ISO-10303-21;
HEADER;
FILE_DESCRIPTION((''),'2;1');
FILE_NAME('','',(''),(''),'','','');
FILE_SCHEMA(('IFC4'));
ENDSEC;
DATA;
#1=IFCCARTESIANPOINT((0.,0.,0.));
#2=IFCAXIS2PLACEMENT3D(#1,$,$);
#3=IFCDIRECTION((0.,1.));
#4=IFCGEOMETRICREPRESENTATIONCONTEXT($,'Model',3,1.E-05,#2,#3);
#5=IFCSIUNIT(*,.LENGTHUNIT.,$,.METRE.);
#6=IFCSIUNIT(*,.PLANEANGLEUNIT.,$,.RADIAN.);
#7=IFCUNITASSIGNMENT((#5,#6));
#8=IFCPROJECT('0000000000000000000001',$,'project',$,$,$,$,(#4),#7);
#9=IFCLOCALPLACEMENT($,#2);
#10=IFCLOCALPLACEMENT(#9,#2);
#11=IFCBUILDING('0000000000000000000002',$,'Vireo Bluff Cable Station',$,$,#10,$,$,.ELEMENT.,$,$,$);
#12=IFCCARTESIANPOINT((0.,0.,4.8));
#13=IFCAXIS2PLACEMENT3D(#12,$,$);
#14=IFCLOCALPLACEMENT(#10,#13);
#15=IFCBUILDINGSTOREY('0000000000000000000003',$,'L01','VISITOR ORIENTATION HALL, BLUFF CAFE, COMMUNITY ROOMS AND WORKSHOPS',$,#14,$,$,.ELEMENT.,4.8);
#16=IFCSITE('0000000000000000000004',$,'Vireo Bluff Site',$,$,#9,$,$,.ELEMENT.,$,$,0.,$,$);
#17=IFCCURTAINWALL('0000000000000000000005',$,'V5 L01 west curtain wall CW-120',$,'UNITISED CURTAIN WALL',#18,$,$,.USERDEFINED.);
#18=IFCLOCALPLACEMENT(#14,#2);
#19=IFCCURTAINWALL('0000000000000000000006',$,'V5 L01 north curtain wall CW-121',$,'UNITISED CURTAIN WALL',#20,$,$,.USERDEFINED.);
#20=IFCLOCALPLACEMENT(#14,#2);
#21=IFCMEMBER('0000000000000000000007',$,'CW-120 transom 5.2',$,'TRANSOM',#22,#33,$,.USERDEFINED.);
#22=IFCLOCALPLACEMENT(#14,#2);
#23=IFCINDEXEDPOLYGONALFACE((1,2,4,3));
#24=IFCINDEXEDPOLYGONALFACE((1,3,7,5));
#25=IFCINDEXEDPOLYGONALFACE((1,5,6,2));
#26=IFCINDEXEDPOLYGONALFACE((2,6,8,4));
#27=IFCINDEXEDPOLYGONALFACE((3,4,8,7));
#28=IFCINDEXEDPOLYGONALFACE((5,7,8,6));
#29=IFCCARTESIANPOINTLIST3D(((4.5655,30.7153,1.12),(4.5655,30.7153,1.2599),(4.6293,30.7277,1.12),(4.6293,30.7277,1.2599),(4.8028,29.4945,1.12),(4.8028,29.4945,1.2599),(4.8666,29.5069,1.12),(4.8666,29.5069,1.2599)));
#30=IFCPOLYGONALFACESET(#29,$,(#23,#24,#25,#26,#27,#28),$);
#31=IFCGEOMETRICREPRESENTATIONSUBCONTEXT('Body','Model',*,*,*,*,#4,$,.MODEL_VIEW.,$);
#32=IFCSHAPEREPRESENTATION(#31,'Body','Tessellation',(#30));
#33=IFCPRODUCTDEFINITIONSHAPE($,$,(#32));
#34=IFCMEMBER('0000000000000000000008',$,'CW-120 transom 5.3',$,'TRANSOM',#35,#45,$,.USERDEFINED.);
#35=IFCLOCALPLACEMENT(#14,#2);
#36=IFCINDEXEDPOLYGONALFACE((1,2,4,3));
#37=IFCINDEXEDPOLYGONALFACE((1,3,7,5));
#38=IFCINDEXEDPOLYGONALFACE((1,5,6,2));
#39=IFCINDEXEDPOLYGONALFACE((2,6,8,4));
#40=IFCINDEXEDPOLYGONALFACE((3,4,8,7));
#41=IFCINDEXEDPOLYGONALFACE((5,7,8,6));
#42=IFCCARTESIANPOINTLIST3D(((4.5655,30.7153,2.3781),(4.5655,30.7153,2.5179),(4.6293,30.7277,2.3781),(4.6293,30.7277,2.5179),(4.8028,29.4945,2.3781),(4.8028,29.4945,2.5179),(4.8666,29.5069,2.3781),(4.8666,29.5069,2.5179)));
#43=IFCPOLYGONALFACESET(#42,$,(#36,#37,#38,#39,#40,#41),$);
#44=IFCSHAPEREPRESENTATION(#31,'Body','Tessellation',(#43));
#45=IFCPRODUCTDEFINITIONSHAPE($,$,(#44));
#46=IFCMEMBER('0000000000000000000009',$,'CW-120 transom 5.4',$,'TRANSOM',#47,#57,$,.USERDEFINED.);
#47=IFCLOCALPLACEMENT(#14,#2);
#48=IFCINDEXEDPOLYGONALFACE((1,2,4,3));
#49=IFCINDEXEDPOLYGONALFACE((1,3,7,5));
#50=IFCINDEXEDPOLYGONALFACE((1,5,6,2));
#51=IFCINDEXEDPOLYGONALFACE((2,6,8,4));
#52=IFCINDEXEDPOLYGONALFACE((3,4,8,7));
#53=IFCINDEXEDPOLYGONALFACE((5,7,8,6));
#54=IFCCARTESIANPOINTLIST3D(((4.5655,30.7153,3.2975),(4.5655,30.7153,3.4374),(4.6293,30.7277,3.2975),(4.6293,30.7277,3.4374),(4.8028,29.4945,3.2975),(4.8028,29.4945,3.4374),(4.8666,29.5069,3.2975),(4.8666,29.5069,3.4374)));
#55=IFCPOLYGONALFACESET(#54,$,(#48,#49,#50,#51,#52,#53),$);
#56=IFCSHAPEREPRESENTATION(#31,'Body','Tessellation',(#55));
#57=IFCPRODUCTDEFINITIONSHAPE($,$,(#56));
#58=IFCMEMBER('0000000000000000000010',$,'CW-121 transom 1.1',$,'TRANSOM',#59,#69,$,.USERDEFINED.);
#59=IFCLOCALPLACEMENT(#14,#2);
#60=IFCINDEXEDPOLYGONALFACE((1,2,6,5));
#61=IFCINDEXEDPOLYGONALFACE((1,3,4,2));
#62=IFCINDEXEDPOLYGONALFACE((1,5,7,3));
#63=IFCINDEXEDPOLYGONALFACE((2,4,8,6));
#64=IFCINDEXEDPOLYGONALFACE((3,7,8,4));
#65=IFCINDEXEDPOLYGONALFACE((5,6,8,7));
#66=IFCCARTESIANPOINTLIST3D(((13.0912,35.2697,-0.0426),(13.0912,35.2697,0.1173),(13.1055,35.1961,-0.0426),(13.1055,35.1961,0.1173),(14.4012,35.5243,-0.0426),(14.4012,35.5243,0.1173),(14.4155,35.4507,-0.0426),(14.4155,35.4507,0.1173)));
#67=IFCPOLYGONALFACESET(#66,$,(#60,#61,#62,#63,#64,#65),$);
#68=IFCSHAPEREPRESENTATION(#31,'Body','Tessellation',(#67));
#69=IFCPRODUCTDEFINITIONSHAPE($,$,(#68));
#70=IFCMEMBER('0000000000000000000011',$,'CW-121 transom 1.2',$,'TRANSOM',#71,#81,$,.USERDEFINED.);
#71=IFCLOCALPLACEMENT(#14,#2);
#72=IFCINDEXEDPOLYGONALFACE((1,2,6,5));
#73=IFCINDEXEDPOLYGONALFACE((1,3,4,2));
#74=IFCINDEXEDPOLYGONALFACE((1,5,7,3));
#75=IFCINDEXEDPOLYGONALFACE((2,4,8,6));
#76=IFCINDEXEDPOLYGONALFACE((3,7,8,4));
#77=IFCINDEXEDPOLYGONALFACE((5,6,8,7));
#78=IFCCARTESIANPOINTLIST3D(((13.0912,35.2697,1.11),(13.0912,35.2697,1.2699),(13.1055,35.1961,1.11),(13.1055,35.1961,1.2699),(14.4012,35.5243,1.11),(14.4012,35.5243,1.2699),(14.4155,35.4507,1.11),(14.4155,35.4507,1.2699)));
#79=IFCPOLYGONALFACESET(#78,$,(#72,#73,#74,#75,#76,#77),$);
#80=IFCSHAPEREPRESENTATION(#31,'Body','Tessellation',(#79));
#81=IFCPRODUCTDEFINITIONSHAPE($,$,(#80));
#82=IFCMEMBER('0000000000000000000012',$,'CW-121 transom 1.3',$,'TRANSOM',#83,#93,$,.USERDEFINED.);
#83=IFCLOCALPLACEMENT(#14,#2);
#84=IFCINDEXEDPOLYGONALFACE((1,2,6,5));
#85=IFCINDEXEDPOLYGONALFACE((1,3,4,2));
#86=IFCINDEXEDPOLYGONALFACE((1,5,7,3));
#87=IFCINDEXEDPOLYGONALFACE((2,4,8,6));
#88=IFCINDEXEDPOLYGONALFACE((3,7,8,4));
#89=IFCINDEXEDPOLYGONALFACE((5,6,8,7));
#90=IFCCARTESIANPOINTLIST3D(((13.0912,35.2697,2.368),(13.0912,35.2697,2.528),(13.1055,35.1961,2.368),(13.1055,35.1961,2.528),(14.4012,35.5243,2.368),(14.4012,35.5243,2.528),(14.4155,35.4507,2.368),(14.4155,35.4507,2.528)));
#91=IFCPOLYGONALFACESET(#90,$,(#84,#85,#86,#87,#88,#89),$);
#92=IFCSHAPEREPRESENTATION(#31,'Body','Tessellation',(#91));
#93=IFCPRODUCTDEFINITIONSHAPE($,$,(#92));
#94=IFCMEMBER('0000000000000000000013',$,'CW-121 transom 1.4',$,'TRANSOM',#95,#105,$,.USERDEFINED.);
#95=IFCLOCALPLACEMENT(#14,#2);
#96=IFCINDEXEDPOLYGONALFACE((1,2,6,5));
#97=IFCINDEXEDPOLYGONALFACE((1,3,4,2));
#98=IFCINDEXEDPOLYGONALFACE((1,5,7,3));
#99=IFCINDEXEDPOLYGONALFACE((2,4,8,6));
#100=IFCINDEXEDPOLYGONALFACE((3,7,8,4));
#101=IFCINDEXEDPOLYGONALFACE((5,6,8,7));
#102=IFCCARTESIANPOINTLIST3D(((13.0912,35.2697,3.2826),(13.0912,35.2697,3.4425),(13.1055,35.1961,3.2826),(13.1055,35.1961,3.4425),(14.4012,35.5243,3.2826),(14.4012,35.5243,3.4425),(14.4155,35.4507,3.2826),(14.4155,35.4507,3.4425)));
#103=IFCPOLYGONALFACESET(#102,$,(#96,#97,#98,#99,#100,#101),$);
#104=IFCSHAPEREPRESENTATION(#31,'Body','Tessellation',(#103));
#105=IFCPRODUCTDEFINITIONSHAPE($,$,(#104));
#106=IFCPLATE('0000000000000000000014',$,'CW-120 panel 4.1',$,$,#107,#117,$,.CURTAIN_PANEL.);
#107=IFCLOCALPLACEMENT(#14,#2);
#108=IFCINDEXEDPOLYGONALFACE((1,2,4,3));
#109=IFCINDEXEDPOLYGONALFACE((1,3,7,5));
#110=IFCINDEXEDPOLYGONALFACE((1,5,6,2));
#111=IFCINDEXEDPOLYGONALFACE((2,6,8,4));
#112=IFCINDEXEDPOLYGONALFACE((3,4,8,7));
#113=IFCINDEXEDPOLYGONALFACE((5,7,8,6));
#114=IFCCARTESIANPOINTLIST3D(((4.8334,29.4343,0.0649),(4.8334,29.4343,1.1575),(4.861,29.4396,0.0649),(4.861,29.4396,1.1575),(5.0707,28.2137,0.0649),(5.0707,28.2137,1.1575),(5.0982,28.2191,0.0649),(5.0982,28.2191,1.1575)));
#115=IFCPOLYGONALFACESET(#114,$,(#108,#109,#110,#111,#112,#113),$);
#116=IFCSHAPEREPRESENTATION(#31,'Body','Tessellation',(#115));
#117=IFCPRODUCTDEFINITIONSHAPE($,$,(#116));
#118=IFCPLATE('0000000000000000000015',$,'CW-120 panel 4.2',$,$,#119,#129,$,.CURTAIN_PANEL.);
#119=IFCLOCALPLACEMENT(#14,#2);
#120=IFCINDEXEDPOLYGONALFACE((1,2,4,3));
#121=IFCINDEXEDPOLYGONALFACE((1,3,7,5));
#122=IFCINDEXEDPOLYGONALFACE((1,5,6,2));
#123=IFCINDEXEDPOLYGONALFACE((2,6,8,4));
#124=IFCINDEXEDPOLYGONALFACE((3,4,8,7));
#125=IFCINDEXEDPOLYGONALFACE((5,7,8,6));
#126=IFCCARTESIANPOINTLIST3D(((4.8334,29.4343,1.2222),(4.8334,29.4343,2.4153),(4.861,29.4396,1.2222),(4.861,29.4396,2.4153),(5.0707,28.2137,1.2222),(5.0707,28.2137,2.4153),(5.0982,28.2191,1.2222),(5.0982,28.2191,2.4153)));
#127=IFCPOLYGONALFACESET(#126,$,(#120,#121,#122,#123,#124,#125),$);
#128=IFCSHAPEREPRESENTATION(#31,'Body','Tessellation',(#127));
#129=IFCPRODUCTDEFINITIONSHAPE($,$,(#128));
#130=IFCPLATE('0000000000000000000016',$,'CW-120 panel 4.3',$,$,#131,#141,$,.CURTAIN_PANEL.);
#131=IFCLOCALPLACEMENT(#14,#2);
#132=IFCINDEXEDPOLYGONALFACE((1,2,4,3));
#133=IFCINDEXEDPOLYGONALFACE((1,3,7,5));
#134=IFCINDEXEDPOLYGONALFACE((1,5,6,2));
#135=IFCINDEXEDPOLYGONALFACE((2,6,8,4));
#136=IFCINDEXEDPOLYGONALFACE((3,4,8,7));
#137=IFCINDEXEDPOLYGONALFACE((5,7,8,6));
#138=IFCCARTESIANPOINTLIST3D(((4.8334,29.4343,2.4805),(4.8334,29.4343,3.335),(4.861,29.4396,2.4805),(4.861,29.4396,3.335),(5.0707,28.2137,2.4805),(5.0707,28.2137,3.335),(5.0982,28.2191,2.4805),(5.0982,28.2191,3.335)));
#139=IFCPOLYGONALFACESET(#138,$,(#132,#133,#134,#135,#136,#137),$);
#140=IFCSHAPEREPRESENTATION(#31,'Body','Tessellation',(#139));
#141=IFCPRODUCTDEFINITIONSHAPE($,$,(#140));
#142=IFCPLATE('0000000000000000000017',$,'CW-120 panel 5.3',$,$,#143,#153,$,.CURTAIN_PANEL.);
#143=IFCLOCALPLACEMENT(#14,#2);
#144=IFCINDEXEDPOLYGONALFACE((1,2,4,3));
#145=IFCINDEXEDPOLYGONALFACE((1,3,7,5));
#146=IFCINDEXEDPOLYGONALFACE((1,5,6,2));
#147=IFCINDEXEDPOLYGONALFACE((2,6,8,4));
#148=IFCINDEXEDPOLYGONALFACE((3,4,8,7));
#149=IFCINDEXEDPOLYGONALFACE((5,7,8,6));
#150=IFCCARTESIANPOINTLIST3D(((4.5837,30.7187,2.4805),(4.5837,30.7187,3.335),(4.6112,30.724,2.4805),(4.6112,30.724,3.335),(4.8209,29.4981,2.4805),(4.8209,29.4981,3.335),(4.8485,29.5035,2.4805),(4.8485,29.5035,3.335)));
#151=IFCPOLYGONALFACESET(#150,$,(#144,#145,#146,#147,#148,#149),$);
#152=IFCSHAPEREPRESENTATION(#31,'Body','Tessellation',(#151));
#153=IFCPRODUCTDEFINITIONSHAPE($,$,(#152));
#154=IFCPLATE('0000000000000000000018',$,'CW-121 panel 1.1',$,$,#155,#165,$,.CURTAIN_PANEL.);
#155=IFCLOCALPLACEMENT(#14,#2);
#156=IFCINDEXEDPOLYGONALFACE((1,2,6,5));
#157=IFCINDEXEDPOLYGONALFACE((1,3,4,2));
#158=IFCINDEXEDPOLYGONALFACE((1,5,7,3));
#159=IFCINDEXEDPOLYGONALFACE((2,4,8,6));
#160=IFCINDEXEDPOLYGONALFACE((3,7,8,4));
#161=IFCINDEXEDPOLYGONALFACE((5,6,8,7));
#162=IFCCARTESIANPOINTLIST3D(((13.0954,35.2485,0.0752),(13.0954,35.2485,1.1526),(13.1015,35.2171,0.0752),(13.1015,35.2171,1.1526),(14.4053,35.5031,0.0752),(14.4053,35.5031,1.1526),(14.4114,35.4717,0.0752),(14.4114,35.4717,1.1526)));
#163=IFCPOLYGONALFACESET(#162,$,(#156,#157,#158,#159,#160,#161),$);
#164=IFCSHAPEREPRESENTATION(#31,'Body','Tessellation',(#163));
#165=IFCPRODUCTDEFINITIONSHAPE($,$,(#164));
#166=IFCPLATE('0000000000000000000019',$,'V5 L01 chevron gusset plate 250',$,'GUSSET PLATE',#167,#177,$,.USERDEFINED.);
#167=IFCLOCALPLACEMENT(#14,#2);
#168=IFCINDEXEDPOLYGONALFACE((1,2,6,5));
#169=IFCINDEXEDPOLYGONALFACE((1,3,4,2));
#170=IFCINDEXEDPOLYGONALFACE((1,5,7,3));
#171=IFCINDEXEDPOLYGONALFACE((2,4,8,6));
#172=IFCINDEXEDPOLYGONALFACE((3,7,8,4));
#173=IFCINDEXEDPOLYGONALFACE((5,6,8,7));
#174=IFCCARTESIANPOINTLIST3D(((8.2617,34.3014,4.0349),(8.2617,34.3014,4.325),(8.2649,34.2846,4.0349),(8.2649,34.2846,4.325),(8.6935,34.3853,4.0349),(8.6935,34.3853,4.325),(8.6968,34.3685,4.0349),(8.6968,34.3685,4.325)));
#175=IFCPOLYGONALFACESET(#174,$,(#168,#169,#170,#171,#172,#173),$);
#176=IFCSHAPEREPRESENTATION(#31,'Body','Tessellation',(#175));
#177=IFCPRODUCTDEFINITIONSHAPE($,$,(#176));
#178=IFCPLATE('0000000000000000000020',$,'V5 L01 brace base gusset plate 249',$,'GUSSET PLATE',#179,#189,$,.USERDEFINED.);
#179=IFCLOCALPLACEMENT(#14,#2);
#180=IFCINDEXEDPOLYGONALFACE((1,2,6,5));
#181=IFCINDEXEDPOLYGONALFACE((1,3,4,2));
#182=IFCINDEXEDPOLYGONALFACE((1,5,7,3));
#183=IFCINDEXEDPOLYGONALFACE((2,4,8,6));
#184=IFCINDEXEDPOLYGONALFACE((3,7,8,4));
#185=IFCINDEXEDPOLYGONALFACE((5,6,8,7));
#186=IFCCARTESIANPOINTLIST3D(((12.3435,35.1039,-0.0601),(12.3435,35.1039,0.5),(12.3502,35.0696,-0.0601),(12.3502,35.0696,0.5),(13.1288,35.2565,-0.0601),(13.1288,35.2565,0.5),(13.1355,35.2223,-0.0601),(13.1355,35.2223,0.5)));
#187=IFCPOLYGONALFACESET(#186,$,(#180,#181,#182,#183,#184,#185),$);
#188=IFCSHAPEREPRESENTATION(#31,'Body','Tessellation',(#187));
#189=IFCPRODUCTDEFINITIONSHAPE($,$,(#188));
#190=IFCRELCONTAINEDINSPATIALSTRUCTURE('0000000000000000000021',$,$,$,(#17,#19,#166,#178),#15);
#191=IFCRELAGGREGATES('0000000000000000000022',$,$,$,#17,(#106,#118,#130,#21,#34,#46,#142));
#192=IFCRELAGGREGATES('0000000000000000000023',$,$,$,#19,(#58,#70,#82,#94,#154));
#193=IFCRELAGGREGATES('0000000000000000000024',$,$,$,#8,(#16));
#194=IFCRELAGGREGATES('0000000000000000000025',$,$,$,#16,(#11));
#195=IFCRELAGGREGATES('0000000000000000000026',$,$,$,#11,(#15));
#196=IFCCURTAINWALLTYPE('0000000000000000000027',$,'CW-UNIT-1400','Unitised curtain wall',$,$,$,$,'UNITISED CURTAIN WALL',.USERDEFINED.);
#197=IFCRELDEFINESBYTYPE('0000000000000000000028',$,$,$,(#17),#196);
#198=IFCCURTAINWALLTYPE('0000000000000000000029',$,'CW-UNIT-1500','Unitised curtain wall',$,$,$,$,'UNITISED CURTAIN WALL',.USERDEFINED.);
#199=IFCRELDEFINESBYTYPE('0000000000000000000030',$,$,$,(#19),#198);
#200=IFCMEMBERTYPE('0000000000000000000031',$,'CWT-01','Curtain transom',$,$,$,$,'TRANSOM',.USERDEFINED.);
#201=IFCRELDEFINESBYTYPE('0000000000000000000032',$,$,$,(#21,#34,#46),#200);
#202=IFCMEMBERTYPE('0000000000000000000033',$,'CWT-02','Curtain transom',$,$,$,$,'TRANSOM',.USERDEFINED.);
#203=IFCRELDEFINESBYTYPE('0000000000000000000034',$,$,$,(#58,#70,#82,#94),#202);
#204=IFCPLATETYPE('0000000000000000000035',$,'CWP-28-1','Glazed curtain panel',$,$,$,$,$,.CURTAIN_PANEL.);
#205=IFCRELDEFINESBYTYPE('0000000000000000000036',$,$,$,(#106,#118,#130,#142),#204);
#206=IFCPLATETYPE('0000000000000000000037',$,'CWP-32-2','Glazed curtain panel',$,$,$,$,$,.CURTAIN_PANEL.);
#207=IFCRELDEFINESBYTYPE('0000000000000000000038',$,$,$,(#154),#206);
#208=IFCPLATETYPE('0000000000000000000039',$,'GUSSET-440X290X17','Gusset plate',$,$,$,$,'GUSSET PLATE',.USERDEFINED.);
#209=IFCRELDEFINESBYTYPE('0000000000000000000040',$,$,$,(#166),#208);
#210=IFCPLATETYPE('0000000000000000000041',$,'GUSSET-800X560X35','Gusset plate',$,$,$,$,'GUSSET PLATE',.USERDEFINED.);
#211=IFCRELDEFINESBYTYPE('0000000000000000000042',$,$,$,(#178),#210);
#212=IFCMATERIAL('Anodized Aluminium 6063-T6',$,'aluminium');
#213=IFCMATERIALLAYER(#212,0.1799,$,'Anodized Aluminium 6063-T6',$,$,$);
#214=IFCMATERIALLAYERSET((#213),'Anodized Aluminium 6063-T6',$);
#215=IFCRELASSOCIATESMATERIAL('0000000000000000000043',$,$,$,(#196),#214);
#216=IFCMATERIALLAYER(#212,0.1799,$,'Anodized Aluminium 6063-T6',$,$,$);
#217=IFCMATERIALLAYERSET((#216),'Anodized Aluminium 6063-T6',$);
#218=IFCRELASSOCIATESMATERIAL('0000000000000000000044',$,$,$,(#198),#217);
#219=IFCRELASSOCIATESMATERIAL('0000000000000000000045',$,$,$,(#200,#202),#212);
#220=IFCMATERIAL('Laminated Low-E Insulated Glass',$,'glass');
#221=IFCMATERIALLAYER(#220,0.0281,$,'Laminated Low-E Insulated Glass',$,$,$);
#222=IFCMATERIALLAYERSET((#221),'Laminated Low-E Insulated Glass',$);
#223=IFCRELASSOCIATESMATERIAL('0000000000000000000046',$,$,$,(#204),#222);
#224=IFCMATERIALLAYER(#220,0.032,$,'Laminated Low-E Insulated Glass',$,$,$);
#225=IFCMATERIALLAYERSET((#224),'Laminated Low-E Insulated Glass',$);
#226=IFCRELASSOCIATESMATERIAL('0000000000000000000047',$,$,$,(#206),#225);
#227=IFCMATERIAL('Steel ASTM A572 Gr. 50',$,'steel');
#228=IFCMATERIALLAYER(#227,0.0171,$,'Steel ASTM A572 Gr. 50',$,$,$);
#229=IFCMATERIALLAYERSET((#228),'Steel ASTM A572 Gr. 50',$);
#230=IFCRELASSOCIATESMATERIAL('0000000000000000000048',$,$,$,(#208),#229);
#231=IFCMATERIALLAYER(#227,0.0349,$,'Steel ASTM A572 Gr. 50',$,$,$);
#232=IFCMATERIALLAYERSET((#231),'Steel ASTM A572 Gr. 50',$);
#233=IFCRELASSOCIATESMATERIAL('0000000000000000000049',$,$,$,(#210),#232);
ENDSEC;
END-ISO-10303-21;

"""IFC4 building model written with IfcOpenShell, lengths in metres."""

from ifc_helpers import new_model, si_unit, direction, frame, origin, origin_2d, place, context, subcontext, project, spatial, rectangle, extrude, material, layer, layer_set, material_profile, profile_set, type_object, element, aggregate, save


model = new_model("IFC4")

# Units and contexts
model_context = context("Model", 3, precision=1e-05, world=origin(), true_north=direction((0.0, 1.0)))
body_context = subcontext(model_context, "Body", "Model", "MODEL_VIEW")
ifc_project = project(units=[si_unit("LENGTHUNIT", "METRE"), si_unit("PLANEANGLEUNIT", "RADIAN")], contexts=[model_context])

# Site, building, storey
site_placement = place(None, origin())
site = spatial("IfcSite", under=ifc_project, at=site_placement, Name="Vireo Bluff Site", CompositionType="ELEMENT", RefElevation=0.0)
building_placement = place(site_placement, origin())
building = spatial("IfcBuilding", under=site, at=building_placement, Name="Vireo Bluff Cable Station", CompositionType="ELEMENT")
storey_placement = place(building_placement, frame((0.0, 0.0, 4.8)))
storey = spatial("IfcBuildingStorey", under=building, at=storey_placement, Name="L01", Description="VISITOR ORIENTATION HALL, BLUFF CAFE, COMMUNITY ROOMS AND WORKSHOPS", CompositionType="ELEMENT", Elevation=4.8)

# Curtain walls
ifc_material_1 = material(Name="Anodized Aluminium 6063-T6", Category="aluminium")
ifc_layer_1 = layer(ifc_material_1, 0.1799, Name="Anodized Aluminium 6063-T6")
ifc_layer_set_1 = layer_set([ifc_layer_1], Name="Anodized Aluminium 6063-T6")
curtain_wall_type_1 = type_object("IfcCurtainWallType", Name="CW-UNIT-1400", Description="Unitised curtain wall", ElementType="UNITISED CURTAIN WALL", PredefinedType="USERDEFINED", material=ifc_layer_set_1)
curtain_wall_1_placement = place(storey_placement, origin())
curtain_wall_1 = element("IfcCurtainWall", 1, at=curtain_wall_1_placement, inside=storey, type_object=curtain_wall_type_1, Name="V5 L01 west curtain wall CW-120", ObjectType="UNITISED CURTAIN WALL", PredefinedType="USERDEFINED")
ifc_layer_2 = layer(ifc_material_1, 0.1799, Name="Anodized Aluminium 6063-T6")
ifc_layer_set_2 = layer_set([ifc_layer_2], Name="Anodized Aluminium 6063-T6")
curtain_wall_type_2 = type_object("IfcCurtainWallType", Name="CW-UNIT-1500", Description="Unitised curtain wall", ElementType="UNITISED CURTAIN WALL", PredefinedType="USERDEFINED", material=ifc_layer_set_2)
curtain_wall_2_placement = place(storey_placement, origin())
curtain_wall_2 = element("IfcCurtainWall", 2, at=curtain_wall_2_placement, inside=storey, type_object=curtain_wall_type_2, Name="V5 L01 north curtain wall CW-121", ObjectType="UNITISED CURTAIN WALL", PredefinedType="USERDEFINED")

# Members
ifc_material_profile_1 = material_profile(ifc_material_1, rectangle(XDim=0.0649, YDim=0.1399, at=origin_2d()), Name="ALU-T-65X140")
ifc_profile_set_1 = profile_set([ifc_material_profile_1], Name="Anodized Aluminium 6063-T6")
member_type_1 = type_object("IfcMemberType", Name="CWT-01", Description="Curtain transom", ElementType="TRANSOM", PredefinedType="USERDEFINED", material=ifc_profile_set_1)
member_1_placement = place(storey_placement, frame((4.8347, 29.5007, 1.1899), z_axis=(-0.190828, 0.981624, 0.0), x_axis=(-0.981624, -0.190828, 0.0)))
member_1 = element("IfcMember", 3, at=member_1_placement, type_object=member_type_1, Name="CW-120 transom 5.2", ObjectType="TRANSOM", PredefinedType="USERDEFINED", context=body_context, shape_type="SweptSolid", body=[
    extrude(rectangle(XDim=0.0649, YDim=0.1399, at=origin_2d()), origin(), (0.0, 0.0, 1.0), 1.2437),
])
member_2_placement = place(storey_placement, frame((4.8347, 29.5007, 2.448), z_axis=(-0.190828, 0.981624, 0.0), x_axis=(-0.981624, -0.190828, 0.0)))
member_2 = element("IfcMember", 4, at=member_2_placement, type_object=member_type_1, Name="CW-120 transom 5.3", ObjectType="TRANSOM", PredefinedType="USERDEFINED", context=body_context, shape_type="SweptSolid", body=[
    extrude(rectangle(XDim=0.0649, YDim=0.1399, at=origin_2d()), origin(), (0.0, 0.0, 1.0), 1.2437),
])
member_3_placement = place(storey_placement, frame((4.8347, 29.5007, 3.3674), z_axis=(-0.190828, 0.981624, 0.0), x_axis=(-0.981624, -0.190828, 0.0)))
member_3 = element("IfcMember", 5, at=member_3_placement, type_object=member_type_1, Name="CW-120 transom 5.4", ObjectType="TRANSOM", PredefinedType="USERDEFINED", context=body_context, shape_type="SweptSolid", body=[
    extrude(rectangle(XDim=0.0649, YDim=0.1399, at=origin_2d()), origin(), (0.0, 0.0, 1.0), 1.2437),
])
ifc_material_profile_2 = material_profile(ifc_material_1, rectangle(XDim=0.075, YDim=0.1599, at=origin_2d()), Name="ALU-T-75X160")
ifc_profile_set_2 = profile_set([ifc_material_profile_2], Name="Anodized Aluminium 6063-T6")
member_type_2 = type_object("IfcMemberType", Name="CWT-02", Description="Curtain transom", ElementType="TRANSOM", PredefinedType="USERDEFINED", material=ifc_profile_set_2)
member_4_placement = place(storey_placement, frame((13.0984, 35.2329, 0.0374), z_axis=(0.981629, 0.190801, 0.0), x_axis=(-0.190801, 0.981629, 0.0)))
member_4 = element("IfcMember", 6, at=member_4_placement, type_object=member_type_2, Name="CW-121 transom 1.1", ObjectType="TRANSOM", PredefinedType="USERDEFINED", context=body_context, shape_type="SweptSolid", body=[
    extrude(rectangle(XDim=0.075, YDim=0.1599, at=origin_2d()), origin(), (0.0, 0.0, 1.0), 1.3345),
])
member_5_placement = place(storey_placement, frame((13.0984, 35.2329, 1.1899), z_axis=(0.981629, 0.190801, 0.0), x_axis=(-0.190801, 0.981629, 0.0)))
member_5 = element("IfcMember", 7, at=member_5_placement, type_object=member_type_2, Name="CW-121 transom 1.2", ObjectType="TRANSOM", PredefinedType="USERDEFINED", context=body_context, shape_type="SweptSolid", body=[
    extrude(rectangle(XDim=0.075, YDim=0.1599, at=origin_2d()), origin(), (0.0, 0.0, 1.0), 1.3345),
])
member_6_placement = place(storey_placement, frame((13.0984, 35.2329, 2.448), z_axis=(0.981629, 0.190801, 0.0), x_axis=(-0.190801, 0.981629, 0.0)))
member_6 = element("IfcMember", 8, at=member_6_placement, type_object=member_type_2, Name="CW-121 transom 1.3", ObjectType="TRANSOM", PredefinedType="USERDEFINED", context=body_context, shape_type="SweptSolid", body=[
    extrude(rectangle(XDim=0.075, YDim=0.1599, at=origin_2d()), origin(), (0.0, 0.0, 1.0), 1.3345),
])
member_7_placement = place(storey_placement, frame((13.0984, 35.2329, 3.3625), z_axis=(0.981629, 0.190801, 0.0), x_axis=(-0.190801, 0.981629, 0.0)))
member_7 = element("IfcMember", 9, at=member_7_placement, type_object=member_type_2, Name="CW-121 transom 1.4", ObjectType="TRANSOM", PredefinedType="USERDEFINED", context=body_context, shape_type="SweptSolid", body=[
    extrude(rectangle(XDim=0.075, YDim=0.1599, at=origin_2d()), origin(), (0.0, 0.0, 1.0), 1.3345),
])

# Plates
ifc_material_2 = material(Name="Laminated Low-E Insulated Glass", Category="glass")
ifc_layer_3 = layer(ifc_material_2, 0.0281, Name="Laminated Low-E Insulated Glass")
ifc_layer_set_3 = layer_set([ifc_layer_3], Name="Laminated Low-E Insulated Glass")
plate_type_1 = type_object("IfcPlateType", Name="CWP-28-1", Description="Glazed curtain panel", PredefinedType="CURTAIN_PANEL", material=ifc_layer_set_3)
plate_1_placement = place(storey_placement, frame((4.9658, 28.8267, 0.0649), z_axis=(0.0, 0.0, 1.0), x_axis=(-0.190809, 0.981627, 0.0)))
plate_1 = element("IfcPlate", 10, at=plate_1_placement, type_object=plate_type_1, Name="CW-120 panel 4.1", PredefinedType="CURTAIN_PANEL", context=body_context, shape_type="SweptSolid", body=[
    extrude(rectangle(XDim=1.2434, YDim=0.0281, at=origin_2d()), origin(), (0.0, 0.0, 1.0), 1.0925),
])
plate_2_placement = place(storey_placement, frame((4.9658, 28.8267, 1.2222), z_axis=(0.0, 0.0, 1.0), x_axis=(-0.190809, 0.981627, 0.0)))
plate_2 = element("IfcPlate", 11, at=plate_2_placement, type_object=plate_type_1, Name="CW-120 panel 4.2", PredefinedType="CURTAIN_PANEL", context=body_context, shape_type="SweptSolid", body=[
    extrude(rectangle(XDim=1.2434, YDim=0.0281, at=origin_2d()), origin(), (0.0, 0.0, 1.0), 1.1931),
])
plate_3_placement = place(storey_placement, frame((4.9658, 28.8267, 2.4805), z_axis=(0.0, 0.0, 1.0), x_axis=(-0.190809, 0.981627, 0.0)))
plate_3 = element("IfcPlate", 12, at=plate_3_placement, type_object=plate_type_1, Name="CW-120 panel 4.3", PredefinedType="CURTAIN_PANEL", context=body_context, shape_type="SweptSolid", body=[
    extrude(rectangle(XDim=1.2434, YDim=0.0281, at=origin_2d()), origin(), (0.0, 0.0, 1.0), 0.8545),
])
plate_4_placement = place(storey_placement, frame((4.7161, 30.1111, 2.4805), z_axis=(0.0, 0.0, 1.0), x_axis=(-0.190809, 0.981627, 0.0)))
plate_4 = element("IfcPlate", 13, at=plate_4_placement, type_object=plate_type_1, Name="CW-120 panel 5.3", PredefinedType="CURTAIN_PANEL", context=body_context, shape_type="SweptSolid", body=[
    extrude(rectangle(XDim=1.2434, YDim=0.0281, at=origin_2d()), origin(), (0.0, 0.0, 1.0), 0.8545),
])
aggregate(curtain_wall_1, [plate_1, plate_2, plate_3, member_1, member_2, member_3, plate_4])
ifc_layer_4 = layer(ifc_material_2, 0.032, Name="Laminated Low-E Insulated Glass")
ifc_layer_set_4 = layer_set([ifc_layer_4], Name="Laminated Low-E Insulated Glass")
plate_type_2 = type_object("IfcPlateType", Name="CWP-32-2", Description="Glazed curtain panel", PredefinedType="CURTAIN_PANEL", material=ifc_layer_set_4)
plate_5_placement = place(storey_placement, frame((13.7534, 35.3601, 0.0752), z_axis=(0.0, 0.0, 1.0), x_axis=(0.981627, 0.190809, 0.0)))
plate_5 = element("IfcPlate", 14, at=plate_5_placement, type_object=plate_type_2, Name="CW-121 panel 1.1", PredefinedType="CURTAIN_PANEL", context=body_context, shape_type="SweptSolid", body=[
    extrude(rectangle(XDim=1.3345, YDim=0.032, at=origin_2d()), origin(), (0.0, 0.0, 1.0), 1.0774),
])
aggregate(curtain_wall_2, [member_4, member_5, member_6, member_7, plate_5])

# Plates
ifc_material_3 = material(Name="Steel ASTM A572 Gr. 50", Category="steel")
ifc_layer_5 = layer(ifc_material_3, 0.0171, Name="Steel ASTM A572 Gr. 50")
ifc_layer_set_5 = layer_set([ifc_layer_5], Name="Steel ASTM A572 Gr. 50")
plate_type_3 = type_object("IfcPlateType", Name="GUSSET-440X290X17", Description="Gusset plate", ElementType="GUSSET PLATE", PredefinedType="USERDEFINED", material=ifc_layer_set_5)
plate_6_placement = place(storey_placement, frame((8.4792, 34.335, 4.0349), z_axis=(0.0, 0.0, 1.0), x_axis=(0.981627, 0.190809, 0.0)))
element("IfcPlate", 15, at=plate_6_placement, inside=storey, type_object=plate_type_3, Name="V5 L01 chevron gusset plate 250", ObjectType="GUSSET PLATE", PredefinedType="USERDEFINED", context=body_context, shape_type="SweptSolid", body=[
    extrude(rectangle(XDim=0.4399, YDim=0.0171, at=origin_2d()), origin(), (0.0, 0.0, 1.0), 0.29),
])
ifc_layer_6 = layer(ifc_material_3, 0.0349, Name="Steel ASTM A572 Gr. 50")
ifc_layer_set_6 = layer_set([ifc_layer_6], Name="Steel ASTM A572 Gr. 50")
plate_type_4 = type_object("IfcPlateType", Name="GUSSET-800X560X35", Description="Gusset plate", ElementType="GUSSET PLATE", PredefinedType="USERDEFINED", material=ifc_layer_set_6)
plate_7_placement = place(storey_placement, frame((12.7395, 35.1631, -0.0601), z_axis=(0.0, 0.0, 1.0), x_axis=(0.981627, 0.190809, 0.0)))
element("IfcPlate", 16, at=plate_7_placement, inside=storey, type_object=plate_type_4, Name="V5 L01 brace base gusset plate 249", ObjectType="GUSSET PLATE", PredefinedType="USERDEFINED", context=body_context, shape_type="SweptSolid", body=[
    extrude(rectangle(XDim=0.8, YDim=0.0349, at=origin_2d()), origin(), (0.0, 0.0, 1.0), 0.5601),
])

save(model, "model.ifc")
